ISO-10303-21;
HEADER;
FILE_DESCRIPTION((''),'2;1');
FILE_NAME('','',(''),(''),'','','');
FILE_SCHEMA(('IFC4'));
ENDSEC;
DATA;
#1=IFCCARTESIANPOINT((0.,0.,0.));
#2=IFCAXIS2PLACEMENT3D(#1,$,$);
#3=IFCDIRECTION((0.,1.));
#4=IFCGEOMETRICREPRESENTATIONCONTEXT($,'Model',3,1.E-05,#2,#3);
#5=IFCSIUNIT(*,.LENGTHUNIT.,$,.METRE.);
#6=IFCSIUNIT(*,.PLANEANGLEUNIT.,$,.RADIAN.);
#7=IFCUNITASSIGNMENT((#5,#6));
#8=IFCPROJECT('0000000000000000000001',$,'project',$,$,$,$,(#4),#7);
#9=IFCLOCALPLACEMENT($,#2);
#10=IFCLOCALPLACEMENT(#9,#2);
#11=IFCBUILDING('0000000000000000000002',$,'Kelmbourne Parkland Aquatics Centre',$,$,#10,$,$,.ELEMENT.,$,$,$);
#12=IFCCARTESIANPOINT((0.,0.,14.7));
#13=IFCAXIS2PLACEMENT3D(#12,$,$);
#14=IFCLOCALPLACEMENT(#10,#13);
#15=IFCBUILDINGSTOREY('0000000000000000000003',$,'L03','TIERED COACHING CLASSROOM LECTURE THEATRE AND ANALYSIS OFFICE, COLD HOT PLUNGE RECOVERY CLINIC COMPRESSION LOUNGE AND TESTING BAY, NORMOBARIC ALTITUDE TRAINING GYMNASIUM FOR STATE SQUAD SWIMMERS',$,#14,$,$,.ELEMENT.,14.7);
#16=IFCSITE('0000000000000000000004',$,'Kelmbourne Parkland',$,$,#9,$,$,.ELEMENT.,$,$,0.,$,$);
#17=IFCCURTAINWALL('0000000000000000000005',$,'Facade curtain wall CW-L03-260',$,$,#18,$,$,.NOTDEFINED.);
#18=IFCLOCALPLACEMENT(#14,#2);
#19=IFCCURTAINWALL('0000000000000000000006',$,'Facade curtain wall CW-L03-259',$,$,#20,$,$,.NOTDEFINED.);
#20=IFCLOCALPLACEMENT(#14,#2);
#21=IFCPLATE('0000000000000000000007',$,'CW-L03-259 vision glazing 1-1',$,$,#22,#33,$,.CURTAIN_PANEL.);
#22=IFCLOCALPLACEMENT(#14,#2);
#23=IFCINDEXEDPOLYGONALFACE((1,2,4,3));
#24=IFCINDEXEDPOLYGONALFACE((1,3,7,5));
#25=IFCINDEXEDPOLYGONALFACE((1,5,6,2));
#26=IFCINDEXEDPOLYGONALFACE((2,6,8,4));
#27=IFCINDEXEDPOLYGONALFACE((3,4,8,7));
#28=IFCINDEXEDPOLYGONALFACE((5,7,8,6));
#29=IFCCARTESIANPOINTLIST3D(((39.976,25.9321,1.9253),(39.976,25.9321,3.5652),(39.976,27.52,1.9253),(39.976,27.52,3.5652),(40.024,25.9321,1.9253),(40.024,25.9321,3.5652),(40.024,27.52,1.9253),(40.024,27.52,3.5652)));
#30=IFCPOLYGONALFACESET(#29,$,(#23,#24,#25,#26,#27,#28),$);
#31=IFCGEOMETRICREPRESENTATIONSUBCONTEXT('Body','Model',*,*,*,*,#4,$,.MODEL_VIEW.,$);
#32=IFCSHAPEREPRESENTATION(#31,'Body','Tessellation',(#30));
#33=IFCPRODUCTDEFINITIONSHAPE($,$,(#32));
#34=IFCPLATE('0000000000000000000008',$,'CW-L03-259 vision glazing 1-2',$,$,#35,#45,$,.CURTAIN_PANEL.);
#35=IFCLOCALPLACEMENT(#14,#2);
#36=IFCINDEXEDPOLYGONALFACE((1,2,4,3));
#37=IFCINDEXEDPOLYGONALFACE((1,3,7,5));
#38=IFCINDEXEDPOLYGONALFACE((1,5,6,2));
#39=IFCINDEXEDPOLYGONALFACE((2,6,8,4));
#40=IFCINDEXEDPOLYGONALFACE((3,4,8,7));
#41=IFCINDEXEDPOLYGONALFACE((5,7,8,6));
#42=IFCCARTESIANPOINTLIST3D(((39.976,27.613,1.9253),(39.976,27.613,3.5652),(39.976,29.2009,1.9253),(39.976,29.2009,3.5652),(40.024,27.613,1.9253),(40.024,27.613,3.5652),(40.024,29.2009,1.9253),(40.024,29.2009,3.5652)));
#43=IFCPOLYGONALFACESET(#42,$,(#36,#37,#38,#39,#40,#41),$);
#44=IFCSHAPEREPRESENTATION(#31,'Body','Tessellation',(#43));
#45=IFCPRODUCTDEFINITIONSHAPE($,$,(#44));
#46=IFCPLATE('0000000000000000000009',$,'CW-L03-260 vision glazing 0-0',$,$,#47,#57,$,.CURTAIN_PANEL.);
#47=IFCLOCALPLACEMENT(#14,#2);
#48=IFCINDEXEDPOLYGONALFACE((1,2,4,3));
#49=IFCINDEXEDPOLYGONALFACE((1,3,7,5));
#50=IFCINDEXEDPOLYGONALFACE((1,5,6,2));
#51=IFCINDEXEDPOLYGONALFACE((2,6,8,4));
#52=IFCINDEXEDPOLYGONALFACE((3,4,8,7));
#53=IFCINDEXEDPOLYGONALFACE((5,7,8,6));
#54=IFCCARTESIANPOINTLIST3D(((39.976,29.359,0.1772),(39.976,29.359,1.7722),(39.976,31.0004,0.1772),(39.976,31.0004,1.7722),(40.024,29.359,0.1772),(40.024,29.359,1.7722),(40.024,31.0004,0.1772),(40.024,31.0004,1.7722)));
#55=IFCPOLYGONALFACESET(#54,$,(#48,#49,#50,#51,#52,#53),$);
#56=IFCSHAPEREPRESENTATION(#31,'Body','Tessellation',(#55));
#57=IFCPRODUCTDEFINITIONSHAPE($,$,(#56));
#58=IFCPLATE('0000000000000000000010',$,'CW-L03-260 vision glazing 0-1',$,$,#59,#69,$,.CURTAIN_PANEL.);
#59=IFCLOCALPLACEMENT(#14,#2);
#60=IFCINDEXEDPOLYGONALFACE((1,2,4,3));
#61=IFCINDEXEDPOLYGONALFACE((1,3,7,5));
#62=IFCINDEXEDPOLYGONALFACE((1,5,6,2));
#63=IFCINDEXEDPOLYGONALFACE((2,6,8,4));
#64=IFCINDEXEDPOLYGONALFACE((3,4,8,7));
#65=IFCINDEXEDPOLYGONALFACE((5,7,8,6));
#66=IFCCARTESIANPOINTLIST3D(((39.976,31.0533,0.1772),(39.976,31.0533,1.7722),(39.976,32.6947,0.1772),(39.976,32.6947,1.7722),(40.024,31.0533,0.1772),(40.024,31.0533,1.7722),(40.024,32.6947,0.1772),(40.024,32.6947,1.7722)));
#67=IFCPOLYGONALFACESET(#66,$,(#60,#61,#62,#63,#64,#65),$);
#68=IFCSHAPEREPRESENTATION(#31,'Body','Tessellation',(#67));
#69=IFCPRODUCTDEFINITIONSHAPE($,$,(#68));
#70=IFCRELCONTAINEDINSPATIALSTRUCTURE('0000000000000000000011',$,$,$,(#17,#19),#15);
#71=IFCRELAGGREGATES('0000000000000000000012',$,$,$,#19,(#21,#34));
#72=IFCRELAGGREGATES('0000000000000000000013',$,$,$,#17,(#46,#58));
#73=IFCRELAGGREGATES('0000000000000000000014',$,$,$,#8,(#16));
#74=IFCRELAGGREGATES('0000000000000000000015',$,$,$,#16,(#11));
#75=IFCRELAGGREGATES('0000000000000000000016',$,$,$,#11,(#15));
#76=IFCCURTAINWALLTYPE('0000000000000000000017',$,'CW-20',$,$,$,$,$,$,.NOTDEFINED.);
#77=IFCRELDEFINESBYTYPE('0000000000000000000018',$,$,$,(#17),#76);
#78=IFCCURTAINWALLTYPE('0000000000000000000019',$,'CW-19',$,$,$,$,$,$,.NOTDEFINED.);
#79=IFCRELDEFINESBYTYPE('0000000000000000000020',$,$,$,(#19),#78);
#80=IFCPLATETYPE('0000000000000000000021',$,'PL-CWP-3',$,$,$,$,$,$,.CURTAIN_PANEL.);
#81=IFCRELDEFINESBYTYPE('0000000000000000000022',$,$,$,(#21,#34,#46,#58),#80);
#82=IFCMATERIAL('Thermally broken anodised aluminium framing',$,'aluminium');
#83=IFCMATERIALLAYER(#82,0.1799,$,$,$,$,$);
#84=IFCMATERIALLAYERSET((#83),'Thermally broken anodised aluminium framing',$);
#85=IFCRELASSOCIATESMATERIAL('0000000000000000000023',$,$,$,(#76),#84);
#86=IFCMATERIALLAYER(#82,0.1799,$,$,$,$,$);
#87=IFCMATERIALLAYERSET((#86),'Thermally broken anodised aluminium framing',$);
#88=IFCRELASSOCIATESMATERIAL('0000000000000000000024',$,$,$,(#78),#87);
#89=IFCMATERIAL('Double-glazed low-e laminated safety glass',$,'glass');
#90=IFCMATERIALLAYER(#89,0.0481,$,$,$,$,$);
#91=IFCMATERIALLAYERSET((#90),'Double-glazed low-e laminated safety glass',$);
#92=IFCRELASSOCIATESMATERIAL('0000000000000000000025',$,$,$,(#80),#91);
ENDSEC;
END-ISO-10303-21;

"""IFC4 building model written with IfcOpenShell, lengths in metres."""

from ifc_helpers import new_model, si_unit, direction, frame, origin, origin_2d, place, context, subcontext, project, spatial, rectangle, extrude, material, layer, layer_set, type_object, element, aggregate, save


model = new_model("IFC4")

# Units and contexts
model_context = context("Model", 3, precision=1e-05, world=origin(), true_north=direction((0.0, 1.0)))
body_context = subcontext(model_context, "Body", "Model", "MODEL_VIEW")
ifc_project = project(units=[si_unit("LENGTHUNIT", "METRE"), si_unit("PLANEANGLEUNIT", "RADIAN")], contexts=[model_context])

# Site, building, storey
site_placement = place(None, origin())
site = spatial("IfcSite", under=ifc_project, at=site_placement, Name="Kelmbourne Parkland", CompositionType="ELEMENT", RefElevation=0.0)
building_placement = place(site_placement, origin())
building = spatial("IfcBuilding", under=site, at=building_placement, Name="Kelmbourne Parkland Aquatics Centre", CompositionType="ELEMENT")
storey_placement = place(building_placement, frame((0.0, 0.0, 14.7)))
storey = spatial("IfcBuildingStorey", under=building, at=storey_placement, Name="L03", Description="TIERED COACHING CLASSROOM LECTURE THEATRE AND ANALYSIS OFFICE, COLD HOT PLUNGE RECOVERY CLINIC COMPRESSION LOUNGE AND TESTING BAY, NORMOBARIC ALTITUDE TRAINING GYMNASIUM FOR STATE SQUAD SWIMMERS", CompositionType="ELEMENT", Elevation=14.7)

# Curtain wall
ifc_material_1 = material(Name="Thermally broken anodised aluminium framing", Category="aluminium")
ifc_layer_1 = layer(ifc_material_1, 0.1799)
ifc_layer_set_1 = layer_set([ifc_layer_1], Name="Thermally broken anodised aluminium framing")
curtain_wall_type_1 = type_object("IfcCurtainWallType", Name="CW-20", PredefinedType="NOTDEFINED", material=ifc_layer_set_1)
curtain_wall_1_placement = place(storey_placement, origin())
curtain_wall_1 = element("IfcCurtainWall", 1, at=curtain_wall_1_placement, inside=storey, type_object=curtain_wall_type_1, Name="Facade curtain wall CW-L03-260", PredefinedType="NOTDEFINED")

# Curtain wall
ifc_layer_2 = layer(ifc_material_1, 0.1799)
ifc_layer_set_2 = layer_set([ifc_layer_2], Name="Thermally broken anodised aluminium framing")
curtain_wall_type_2 = type_object("IfcCurtainWallType", Name="CW-19", PredefinedType="NOTDEFINED", material=ifc_layer_set_2)
curtain_wall_2_placement = place(storey_placement, origin())
curtain_wall_2 = element("IfcCurtainWall", 2, at=curtain_wall_2_placement, inside=storey, type_object=curtain_wall_type_2, Name="Facade curtain wall CW-L03-259", PredefinedType="NOTDEFINED")

# Plates
ifc_material_2 = material(Name="Double-glazed low-e laminated safety glass", Category="glass")
ifc_layer_3 = layer(ifc_material_2, 0.0481)
ifc_layer_set_3 = layer_set([ifc_layer_3], Name="Double-glazed low-e laminated safety glass")
plate_type_1 = type_object("IfcPlateType", Name="PL-CWP-3", PredefinedType="CURTAIN_PANEL", material=ifc_layer_set_3)
plate_1_placement = place(storey_placement, frame((40.0, 26.7261, 1.9253), z_axis=(0.0, 0.0, 1.0), x_axis=(0.0, 1.0, 0.0)))
plate_1 = element("IfcPlate", 3, at=plate_1_placement, type_object=plate_type_1, Name="CW-L03-259 vision glazing 1-1", PredefinedType="CURTAIN_PANEL", context=body_context, shape_type="SweptSolid", body=[
    extrude(rectangle(XDim=1.5879, YDim=0.0481, at=origin_2d()), origin(), (0.0, 0.0, 1.0), 1.6399),
])
plate_2_placement = place(storey_placement, frame((40.0, 28.407, 1.9253), z_axis=(0.0, 0.0, 1.0), x_axis=(0.0, 1.0, 0.0)))
plate_2 = element("IfcPlate", 4, at=plate_2_placement, type_object=plate_type_1, Name="CW-L03-259 vision glazing 1-2", PredefinedType="CURTAIN_PANEL", context=body_context, shape_type="SweptSolid", body=[
    extrude(rectangle(XDim=1.5879, YDim=0.0481, at=origin_2d()), origin(), (0.0, 0.0, 1.0), 1.6399),
])
aggregate(curtain_wall_2, [plate_1, plate_2])
plate_3_placement = place(storey_placement, frame((40.0, 30.1797, 0.1772), z_axis=(0.0, 0.0, 1.0), x_axis=(0.0, 1.0, 0.0)))
plate_3 = element("IfcPlate", 5, at=plate_3_placement, type_object=plate_type_1, Name="CW-L03-260 vision glazing 0-0", PredefinedType="CURTAIN_PANEL", context=body_context, shape_type="SweptSolid", body=[
    extrude(rectangle(XDim=1.6414, YDim=0.0481, at=origin_2d()), origin(), (0.0, 0.0, 1.0), 1.595),
])
plate_4_placement = place(storey_placement, frame((40.0, 31.874, 0.1772), z_axis=(0.0, 0.0, 1.0), x_axis=(0.0, 1.0, 0.0)))
plate_4 = element("IfcPlate", 6, at=plate_4_placement, type_object=plate_type_1, Name="CW-L03-260 vision glazing 0-1", PredefinedType="CURTAIN_PANEL", context=body_context, shape_type="SweptSolid", body=[
    extrude(rectangle(XDim=1.6414, YDim=0.0481, at=origin_2d()), origin(), (0.0, 0.0, 1.0), 1.595),
])
aggregate(curtain_wall_1, [plate_3, plate_4])

save(model, "model.ifc")
